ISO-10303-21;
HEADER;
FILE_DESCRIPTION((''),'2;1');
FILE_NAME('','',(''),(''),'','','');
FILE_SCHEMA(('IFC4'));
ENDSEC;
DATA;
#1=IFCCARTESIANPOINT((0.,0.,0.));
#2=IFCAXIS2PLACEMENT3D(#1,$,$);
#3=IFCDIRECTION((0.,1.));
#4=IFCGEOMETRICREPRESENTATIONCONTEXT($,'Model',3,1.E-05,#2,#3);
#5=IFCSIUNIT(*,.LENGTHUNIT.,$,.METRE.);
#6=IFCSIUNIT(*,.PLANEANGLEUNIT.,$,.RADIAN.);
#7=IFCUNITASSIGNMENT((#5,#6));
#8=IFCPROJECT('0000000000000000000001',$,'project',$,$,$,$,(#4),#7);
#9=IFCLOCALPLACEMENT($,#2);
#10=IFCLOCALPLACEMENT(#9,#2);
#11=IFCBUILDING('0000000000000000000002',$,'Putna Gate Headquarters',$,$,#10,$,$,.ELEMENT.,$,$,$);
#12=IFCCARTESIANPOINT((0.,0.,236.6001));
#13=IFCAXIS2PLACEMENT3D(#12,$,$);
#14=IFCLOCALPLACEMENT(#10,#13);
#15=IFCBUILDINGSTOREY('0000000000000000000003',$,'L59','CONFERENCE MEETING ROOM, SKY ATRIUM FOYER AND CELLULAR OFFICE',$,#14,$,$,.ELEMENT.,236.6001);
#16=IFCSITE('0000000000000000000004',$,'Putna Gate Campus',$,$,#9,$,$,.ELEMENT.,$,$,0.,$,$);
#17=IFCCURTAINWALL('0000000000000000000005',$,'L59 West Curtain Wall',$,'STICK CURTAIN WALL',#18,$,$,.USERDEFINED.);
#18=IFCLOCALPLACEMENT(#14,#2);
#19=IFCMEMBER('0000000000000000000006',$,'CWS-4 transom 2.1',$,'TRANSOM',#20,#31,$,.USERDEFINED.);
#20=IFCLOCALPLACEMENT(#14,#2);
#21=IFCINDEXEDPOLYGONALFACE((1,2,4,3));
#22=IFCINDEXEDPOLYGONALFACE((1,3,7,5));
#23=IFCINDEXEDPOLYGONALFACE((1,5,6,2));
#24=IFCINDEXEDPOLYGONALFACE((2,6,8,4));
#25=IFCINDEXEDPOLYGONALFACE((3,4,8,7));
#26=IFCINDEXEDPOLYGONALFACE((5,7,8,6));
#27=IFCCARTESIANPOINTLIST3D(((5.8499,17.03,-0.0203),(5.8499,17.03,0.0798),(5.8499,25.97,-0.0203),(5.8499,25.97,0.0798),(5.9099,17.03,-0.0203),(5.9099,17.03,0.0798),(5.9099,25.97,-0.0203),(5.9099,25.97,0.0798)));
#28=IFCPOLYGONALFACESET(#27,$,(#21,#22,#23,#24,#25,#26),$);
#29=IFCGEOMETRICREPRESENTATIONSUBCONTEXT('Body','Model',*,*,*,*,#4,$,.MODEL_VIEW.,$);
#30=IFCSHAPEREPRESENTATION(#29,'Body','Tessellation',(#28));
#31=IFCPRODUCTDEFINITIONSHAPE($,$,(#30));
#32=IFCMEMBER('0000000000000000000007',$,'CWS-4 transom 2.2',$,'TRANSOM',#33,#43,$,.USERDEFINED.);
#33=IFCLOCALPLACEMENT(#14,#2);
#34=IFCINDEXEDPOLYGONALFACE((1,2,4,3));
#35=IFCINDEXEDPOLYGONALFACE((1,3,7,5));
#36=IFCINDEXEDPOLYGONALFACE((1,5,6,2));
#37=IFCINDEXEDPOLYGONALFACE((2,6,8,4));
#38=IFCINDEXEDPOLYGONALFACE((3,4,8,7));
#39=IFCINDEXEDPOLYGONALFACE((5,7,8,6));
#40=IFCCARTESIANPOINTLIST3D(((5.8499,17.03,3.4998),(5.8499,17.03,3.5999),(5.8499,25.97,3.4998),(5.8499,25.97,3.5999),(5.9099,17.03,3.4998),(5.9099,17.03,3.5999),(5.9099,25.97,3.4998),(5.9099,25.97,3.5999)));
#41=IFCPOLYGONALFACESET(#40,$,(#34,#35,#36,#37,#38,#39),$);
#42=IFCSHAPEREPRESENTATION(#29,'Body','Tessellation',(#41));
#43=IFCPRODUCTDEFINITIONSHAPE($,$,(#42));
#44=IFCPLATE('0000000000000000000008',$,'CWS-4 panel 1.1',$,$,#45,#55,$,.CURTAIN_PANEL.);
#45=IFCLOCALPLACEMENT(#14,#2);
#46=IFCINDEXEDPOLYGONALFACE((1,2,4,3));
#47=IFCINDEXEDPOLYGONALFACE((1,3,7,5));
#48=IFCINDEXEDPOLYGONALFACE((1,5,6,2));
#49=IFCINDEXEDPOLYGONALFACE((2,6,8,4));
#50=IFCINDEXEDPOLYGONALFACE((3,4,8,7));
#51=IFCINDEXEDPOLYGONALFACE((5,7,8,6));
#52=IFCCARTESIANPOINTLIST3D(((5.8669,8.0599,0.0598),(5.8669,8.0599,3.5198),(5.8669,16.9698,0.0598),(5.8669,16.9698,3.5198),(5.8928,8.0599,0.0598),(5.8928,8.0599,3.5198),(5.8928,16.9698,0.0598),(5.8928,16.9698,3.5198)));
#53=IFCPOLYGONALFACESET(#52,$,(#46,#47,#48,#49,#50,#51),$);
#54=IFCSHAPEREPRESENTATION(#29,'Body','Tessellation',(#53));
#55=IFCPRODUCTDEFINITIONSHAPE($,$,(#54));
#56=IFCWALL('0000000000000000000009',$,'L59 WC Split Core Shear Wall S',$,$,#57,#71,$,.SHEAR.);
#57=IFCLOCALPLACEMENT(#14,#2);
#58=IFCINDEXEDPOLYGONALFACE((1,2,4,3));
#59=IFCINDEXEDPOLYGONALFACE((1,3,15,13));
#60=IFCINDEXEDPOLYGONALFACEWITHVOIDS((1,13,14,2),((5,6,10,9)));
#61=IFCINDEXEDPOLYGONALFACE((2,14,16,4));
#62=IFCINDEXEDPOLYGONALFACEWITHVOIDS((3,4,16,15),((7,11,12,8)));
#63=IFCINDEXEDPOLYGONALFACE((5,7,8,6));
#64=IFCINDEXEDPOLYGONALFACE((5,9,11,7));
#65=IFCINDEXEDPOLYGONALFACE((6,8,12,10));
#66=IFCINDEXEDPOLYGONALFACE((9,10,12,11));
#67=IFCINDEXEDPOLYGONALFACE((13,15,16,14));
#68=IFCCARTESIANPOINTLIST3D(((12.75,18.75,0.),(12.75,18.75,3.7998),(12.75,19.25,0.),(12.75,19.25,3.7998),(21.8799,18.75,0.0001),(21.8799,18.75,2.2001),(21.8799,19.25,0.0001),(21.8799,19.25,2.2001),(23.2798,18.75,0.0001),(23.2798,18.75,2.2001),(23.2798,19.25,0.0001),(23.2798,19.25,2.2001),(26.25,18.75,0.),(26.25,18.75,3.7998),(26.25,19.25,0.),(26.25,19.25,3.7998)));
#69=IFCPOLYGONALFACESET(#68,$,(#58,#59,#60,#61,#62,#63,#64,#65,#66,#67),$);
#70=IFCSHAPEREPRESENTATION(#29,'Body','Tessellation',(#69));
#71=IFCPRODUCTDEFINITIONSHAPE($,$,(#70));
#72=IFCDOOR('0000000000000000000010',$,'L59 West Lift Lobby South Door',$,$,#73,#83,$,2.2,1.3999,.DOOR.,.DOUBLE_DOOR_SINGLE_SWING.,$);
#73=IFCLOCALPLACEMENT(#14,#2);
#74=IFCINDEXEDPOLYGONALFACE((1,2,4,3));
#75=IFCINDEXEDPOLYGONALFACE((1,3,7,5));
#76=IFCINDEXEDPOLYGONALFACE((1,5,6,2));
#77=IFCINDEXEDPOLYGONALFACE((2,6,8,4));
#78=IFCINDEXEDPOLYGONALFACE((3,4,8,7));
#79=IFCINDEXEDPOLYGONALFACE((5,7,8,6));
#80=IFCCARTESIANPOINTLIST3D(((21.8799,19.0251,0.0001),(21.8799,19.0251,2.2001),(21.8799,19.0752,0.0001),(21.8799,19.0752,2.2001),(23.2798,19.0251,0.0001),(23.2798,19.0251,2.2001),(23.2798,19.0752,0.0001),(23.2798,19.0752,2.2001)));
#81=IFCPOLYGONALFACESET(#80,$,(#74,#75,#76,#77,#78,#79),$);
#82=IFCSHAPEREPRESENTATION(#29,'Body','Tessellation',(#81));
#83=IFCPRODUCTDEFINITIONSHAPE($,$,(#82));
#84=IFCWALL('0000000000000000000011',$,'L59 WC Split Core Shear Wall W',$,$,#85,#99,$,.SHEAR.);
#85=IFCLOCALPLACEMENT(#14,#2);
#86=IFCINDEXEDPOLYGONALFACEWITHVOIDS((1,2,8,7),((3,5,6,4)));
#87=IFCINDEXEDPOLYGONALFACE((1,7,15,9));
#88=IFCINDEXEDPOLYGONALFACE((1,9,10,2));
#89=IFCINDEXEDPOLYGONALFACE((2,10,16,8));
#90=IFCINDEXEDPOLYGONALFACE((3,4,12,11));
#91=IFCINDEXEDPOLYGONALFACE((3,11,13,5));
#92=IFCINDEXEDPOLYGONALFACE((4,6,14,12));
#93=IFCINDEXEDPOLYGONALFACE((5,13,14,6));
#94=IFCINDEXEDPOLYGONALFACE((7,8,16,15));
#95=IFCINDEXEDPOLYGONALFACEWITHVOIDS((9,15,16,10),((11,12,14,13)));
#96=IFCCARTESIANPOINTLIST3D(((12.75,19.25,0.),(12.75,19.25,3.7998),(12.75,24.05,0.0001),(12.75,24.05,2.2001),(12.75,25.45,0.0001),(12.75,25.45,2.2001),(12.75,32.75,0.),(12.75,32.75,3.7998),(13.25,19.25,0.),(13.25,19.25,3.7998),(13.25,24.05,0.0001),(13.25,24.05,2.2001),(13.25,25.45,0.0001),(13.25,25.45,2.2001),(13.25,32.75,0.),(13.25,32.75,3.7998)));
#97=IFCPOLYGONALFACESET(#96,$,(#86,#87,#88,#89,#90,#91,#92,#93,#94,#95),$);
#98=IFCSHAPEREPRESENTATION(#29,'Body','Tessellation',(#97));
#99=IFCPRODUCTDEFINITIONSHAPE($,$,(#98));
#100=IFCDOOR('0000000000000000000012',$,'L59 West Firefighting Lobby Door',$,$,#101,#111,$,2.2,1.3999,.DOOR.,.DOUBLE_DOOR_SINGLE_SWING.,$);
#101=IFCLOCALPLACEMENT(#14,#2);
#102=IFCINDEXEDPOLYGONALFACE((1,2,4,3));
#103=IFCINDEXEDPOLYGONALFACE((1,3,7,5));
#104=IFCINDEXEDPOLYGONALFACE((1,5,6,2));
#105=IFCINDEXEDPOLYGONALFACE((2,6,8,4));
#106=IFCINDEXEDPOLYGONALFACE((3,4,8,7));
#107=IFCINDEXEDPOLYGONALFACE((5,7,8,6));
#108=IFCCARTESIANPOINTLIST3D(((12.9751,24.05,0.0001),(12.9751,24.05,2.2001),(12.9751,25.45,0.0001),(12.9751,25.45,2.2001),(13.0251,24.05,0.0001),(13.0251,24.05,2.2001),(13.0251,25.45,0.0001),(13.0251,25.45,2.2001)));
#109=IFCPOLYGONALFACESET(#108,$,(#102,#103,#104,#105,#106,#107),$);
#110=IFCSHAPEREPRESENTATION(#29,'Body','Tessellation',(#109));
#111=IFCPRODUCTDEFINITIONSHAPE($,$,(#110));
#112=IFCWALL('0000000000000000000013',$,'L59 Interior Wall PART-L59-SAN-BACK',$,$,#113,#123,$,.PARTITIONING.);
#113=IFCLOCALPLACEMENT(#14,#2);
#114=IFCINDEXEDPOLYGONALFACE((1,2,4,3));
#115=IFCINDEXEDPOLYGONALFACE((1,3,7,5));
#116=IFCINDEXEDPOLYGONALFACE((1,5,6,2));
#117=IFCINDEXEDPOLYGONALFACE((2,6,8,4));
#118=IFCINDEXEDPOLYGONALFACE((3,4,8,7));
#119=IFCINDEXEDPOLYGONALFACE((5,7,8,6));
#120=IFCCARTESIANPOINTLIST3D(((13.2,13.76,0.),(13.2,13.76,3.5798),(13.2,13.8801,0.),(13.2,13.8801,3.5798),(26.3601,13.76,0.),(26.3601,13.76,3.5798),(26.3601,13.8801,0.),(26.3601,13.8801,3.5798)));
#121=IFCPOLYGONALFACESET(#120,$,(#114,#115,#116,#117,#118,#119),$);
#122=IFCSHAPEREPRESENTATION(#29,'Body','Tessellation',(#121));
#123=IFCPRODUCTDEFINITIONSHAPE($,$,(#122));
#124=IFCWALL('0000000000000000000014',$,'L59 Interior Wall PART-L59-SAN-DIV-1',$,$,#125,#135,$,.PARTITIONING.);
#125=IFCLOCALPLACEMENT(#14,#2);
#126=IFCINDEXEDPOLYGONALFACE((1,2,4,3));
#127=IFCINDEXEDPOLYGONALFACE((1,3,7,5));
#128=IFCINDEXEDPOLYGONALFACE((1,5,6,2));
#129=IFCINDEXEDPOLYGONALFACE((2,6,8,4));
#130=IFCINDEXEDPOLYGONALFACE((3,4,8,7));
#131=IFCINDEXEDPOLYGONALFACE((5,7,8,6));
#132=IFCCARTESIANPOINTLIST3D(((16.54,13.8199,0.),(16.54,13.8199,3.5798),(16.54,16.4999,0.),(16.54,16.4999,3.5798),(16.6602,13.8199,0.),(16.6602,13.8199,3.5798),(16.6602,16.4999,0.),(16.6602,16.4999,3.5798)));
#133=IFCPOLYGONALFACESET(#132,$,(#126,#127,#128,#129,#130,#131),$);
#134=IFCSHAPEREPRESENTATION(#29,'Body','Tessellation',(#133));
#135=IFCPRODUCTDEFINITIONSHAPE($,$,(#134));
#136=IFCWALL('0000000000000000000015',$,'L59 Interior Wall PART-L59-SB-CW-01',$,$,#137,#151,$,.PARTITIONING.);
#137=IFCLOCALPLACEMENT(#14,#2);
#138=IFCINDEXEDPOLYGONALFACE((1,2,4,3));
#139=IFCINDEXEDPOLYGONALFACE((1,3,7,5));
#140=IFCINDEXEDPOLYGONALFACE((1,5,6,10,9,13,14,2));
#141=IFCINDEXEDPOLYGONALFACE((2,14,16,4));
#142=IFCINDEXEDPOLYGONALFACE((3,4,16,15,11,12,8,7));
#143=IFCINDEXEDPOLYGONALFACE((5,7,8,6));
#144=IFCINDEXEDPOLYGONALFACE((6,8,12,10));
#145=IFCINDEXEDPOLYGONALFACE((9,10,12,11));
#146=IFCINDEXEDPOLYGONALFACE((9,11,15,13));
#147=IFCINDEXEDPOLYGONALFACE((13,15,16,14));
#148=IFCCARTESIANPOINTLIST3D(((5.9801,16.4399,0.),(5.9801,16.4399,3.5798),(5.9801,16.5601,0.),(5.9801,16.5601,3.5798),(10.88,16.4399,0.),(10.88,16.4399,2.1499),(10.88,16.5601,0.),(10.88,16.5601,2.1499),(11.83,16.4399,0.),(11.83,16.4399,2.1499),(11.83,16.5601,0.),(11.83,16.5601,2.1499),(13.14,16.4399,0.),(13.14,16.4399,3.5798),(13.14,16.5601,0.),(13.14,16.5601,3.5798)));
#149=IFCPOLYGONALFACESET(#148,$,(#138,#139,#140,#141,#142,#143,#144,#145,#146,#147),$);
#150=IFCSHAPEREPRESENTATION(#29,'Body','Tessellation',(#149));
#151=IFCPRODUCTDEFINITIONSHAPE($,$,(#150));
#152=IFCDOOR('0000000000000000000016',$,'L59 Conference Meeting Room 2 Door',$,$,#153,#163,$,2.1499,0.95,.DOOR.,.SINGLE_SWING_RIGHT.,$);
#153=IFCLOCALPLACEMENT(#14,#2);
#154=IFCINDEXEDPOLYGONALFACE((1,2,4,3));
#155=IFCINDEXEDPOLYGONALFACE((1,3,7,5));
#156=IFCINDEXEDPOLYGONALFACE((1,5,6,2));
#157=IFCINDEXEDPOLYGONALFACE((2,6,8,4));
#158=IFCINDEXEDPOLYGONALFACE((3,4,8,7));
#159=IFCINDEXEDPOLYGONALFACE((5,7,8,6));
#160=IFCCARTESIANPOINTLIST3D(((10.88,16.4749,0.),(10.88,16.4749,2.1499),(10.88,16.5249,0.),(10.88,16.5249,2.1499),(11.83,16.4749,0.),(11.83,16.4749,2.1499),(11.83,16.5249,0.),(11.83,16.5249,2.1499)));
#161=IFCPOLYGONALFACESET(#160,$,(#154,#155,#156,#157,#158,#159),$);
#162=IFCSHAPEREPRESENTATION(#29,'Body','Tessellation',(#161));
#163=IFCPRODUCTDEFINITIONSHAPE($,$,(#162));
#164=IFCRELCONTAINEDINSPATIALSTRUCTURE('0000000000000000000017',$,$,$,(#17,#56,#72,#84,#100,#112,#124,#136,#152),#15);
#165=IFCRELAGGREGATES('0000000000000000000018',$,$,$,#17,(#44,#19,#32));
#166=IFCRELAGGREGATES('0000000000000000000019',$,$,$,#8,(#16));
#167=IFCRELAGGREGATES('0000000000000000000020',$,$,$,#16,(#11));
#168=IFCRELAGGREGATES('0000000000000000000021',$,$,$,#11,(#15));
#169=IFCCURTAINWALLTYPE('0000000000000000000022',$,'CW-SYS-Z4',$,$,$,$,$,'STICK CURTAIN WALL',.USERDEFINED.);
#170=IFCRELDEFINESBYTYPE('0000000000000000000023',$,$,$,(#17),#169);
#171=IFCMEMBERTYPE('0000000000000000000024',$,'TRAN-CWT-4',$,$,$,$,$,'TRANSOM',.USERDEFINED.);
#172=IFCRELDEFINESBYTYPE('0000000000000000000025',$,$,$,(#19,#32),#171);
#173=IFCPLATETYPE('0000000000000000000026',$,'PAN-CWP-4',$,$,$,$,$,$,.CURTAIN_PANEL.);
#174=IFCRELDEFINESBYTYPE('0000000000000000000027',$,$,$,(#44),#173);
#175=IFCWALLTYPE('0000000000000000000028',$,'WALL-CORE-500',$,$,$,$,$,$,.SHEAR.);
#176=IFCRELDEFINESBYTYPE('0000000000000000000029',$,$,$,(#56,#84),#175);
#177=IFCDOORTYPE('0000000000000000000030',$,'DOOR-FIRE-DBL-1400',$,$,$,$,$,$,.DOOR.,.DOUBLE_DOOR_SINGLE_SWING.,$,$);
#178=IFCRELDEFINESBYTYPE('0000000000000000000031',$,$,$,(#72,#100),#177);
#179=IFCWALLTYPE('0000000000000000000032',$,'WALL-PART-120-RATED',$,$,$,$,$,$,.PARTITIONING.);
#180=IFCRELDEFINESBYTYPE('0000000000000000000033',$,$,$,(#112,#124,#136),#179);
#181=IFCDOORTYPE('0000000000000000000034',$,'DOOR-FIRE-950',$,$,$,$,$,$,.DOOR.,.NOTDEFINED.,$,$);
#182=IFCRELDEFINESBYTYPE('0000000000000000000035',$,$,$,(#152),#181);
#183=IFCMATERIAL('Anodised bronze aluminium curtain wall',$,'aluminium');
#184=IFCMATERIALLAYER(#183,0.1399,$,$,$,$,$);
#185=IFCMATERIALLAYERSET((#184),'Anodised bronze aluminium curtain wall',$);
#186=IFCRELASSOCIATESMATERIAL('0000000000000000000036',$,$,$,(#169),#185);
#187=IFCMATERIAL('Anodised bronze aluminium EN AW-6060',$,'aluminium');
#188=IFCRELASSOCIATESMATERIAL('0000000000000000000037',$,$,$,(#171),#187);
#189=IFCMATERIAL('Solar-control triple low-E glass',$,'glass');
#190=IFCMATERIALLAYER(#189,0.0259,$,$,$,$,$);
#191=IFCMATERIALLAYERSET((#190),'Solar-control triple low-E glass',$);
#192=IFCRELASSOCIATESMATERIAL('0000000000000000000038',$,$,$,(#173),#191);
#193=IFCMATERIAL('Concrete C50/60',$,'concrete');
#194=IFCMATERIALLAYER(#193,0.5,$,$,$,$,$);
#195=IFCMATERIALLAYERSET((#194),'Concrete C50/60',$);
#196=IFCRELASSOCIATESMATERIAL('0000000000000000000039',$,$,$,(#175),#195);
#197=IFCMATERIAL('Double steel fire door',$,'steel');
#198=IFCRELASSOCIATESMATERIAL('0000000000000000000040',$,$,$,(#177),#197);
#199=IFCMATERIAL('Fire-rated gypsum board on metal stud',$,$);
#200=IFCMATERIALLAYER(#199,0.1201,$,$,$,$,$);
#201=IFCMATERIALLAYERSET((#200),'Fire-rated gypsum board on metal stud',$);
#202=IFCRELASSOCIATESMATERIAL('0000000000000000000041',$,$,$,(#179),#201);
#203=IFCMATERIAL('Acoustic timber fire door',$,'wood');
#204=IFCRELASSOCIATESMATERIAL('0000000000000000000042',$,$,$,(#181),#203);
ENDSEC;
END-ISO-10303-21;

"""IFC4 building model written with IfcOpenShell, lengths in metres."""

from ifc_helpers import new_model, si_unit, direction, frame, frame_2d, origin, origin_2d, place, context, subcontext, project, spatial, rectangle, extrude, material, layer, layer_set, material_profile, profile_set, type_object, element, fill, aggregate, save


model = new_model("IFC4")

# Units and contexts
model_context = context("Model", 3, precision=1e-05, world=origin(), true_north=direction((0.0, 1.0)))
body_context = subcontext(model_context, "Body", "Model", "MODEL_VIEW")
ifc_project = project(units=[si_unit("LENGTHUNIT", "METRE"), si_unit("PLANEANGLEUNIT", "RADIAN")], contexts=[model_context])

# Site, building, storey
site_placement = place(None, origin())
site = spatial("IfcSite", under=ifc_project, at=site_placement, Name="Putna Gate Campus", CompositionType="ELEMENT", RefElevation=0.0)
building_placement = place(site_placement, origin())
building = spatial("IfcBuilding", under=site, at=building_placement, Name="Putna Gate Headquarters", CompositionType="ELEMENT")
storey_placement = place(building_placement, frame((0.0, 0.0, 236.6001)))
storey = spatial("IfcBuildingStorey", under=building, at=storey_placement, Name="L59", Description="CONFERENCE MEETING ROOM, SKY ATRIUM FOYER AND CELLULAR OFFICE", CompositionType="ELEMENT", Elevation=236.6001)

# Curtain wall, members, plate
ifc_material_1 = material(Name="Anodised bronze aluminium curtain wall", Category="aluminium")
ifc_layer_1 = layer(ifc_material_1, 0.1399)
ifc_layer_set_1 = layer_set([ifc_layer_1], Name="Anodised bronze aluminium curtain wall")
curtain_wall_type = type_object("IfcCurtainWallType", Name="CW-SYS-Z4", ElementType="STICK CURTAIN WALL", PredefinedType="USERDEFINED", material=ifc_layer_set_1)
curtain_wall_placement = place(storey_placement, origin())
curtain_wall = element("IfcCurtainWall", 1, at=curtain_wall_placement, inside=storey, type_object=curtain_wall_type, Name="L59 West Curtain Wall", ObjectType="STICK CURTAIN WALL", PredefinedType="USERDEFINED")
ifc_material_2 = material(Name="Anodised bronze aluminium EN AW-6060", Category="aluminium")
ifc_material_profile_1 = material_profile(ifc_material_2, rectangle(XDim=0.0601, YDim=0.1001, at=origin_2d()), Name="Anodised bronze aluminium EN AW-6060")
ifc_profile_set_1 = profile_set([ifc_material_profile_1], Name="Anodised bronze aluminium EN AW-6060")
member_type_1 = type_object("IfcMemberType", Name="TRAN-CWT-4", ElementType="TRANSOM", PredefinedType="USERDEFINED", material=ifc_profile_set_1)
member_1_placement = place(storey_placement, frame((5.8799, 17.03, 0.0298), z_axis=(0.0, 1.0, 0.0), x_axis=(-1.0, 0.0, 0.0)))
member_1 = element("IfcMember", 2, at=member_1_placement, type_object=member_type_1, Name="CWS-4 transom 2.1", ObjectType="TRANSOM", PredefinedType="USERDEFINED", context=body_context, shape_type="SweptSolid", body=[
    extrude(rectangle(XDim=0.0601, YDim=0.1001, at=origin_2d()), origin(), (0.0, 0.0, 1.0), 8.9399),
])
member_2_placement = place(storey_placement, frame((5.8799, 17.03, 3.5498), z_axis=(0.0, 1.0, 0.0), x_axis=(-1.0, 0.0, 0.0)))
member_2 = element("IfcMember", 3, at=member_2_placement, type_object=member_type_1, Name="CWS-4 transom 2.2", ObjectType="TRANSOM", PredefinedType="USERDEFINED", context=body_context, shape_type="SweptSolid", body=[
    extrude(rectangle(XDim=0.0601, YDim=0.1001, at=origin_2d()), origin(), (0.0, 0.0, 1.0), 8.9399),
])
ifc_material_3 = material(Name="Solar-control triple low-E glass", Category="glass")
ifc_layer_2 = layer(ifc_material_3, 0.0259)
ifc_layer_set_2 = layer_set([ifc_layer_2], Name="Solar-control triple low-E glass")
plate_type = type_object("IfcPlateType", Name="PAN-CWP-4", PredefinedType="CURTAIN_PANEL", material=ifc_layer_set_2)
plate_placement = place(storey_placement, frame((5.8799, 12.5149, 0.0598), z_axis=(0.0, 0.0, 1.0), x_axis=(0.0, 1.0, 0.0)))
plate = element("IfcPlate", 4, at=plate_placement, type_object=plate_type, Name="CWS-4 panel 1.1", PredefinedType="CURTAIN_PANEL", context=body_context, shape_type="SweptSolid", body=[
    extrude(rectangle(XDim=8.9099, YDim=0.0259, at=origin_2d()), origin(), (0.0, 0.0, 1.0), 3.46),
])
aggregate(curtain_wall, [plate, member_1, member_2])

# Walls, openings, doors
ifc_material_4 = material(Name="Concrete C50/60", Category="concrete")
ifc_layer_3 = layer(ifc_material_4, 0.5)
ifc_layer_set_3 = layer_set([ifc_layer_3], Name="Concrete C50/60")
wall_type_1 = type_object("IfcWallType", Name="WALL-CORE-500", PredefinedType="SHEAR", material=ifc_layer_set_3)
wall_1_placement = place(storey_placement, frame((12.75, 19.0, 0.0), z_axis=(0.0, 0.0, 1.0), x_axis=(1.0, 0.0, 0.0)))
wall_1 = element("IfcWall", 5, at=wall_1_placement, inside=storey, type_object=wall_type_1, Name="L59 WC Split Core Shear Wall S", PredefinedType="SHEAR", context=body_context, shape_type="SweptSolid", body=[
    extrude(rectangle(XDim=13.5, YDim=0.5, at=frame_2d((6.75, 0.0))), origin(), (0.0, 0.0, 1.0), 3.7998),
])
opening_1_placement = place(wall_1_placement, frame((9.1299, 0.0, 0.0)))
opening_1 = element("IfcOpeningElement", 6, at=opening_1_placement, cuts=wall_1, PredefinedType="OPENING", context=body_context, shape_type="SweptSolid", body=[
    extrude(rectangle(XDim=1.3999, YDim=2.2, at=frame_2d((0.7, 1.1001))), frame((0.0, 0.26, 0.0), z_axis=(0.0, -1.0, 0.0), x_axis=(1.0, 0.0, 0.0)), (0.0, 0.0, 1.0), 0.52),
])
ifc_material_5 = material(Name="Double steel fire door", Category="steel")
door_type_1 = type_object("IfcDoorType", Name="DOOR-FIRE-DBL-1400", OperationType="DOUBLE_DOOR_SINGLE_SWING", PredefinedType="DOOR", material=ifc_material_5)
door_1_placement = place(opening_1_placement, origin())
door_1 = element("IfcDoor", 7, at=door_1_placement, inside=storey, type_object=door_type_1, Name="L59 West Lift Lobby South Door", OperationType="DOUBLE_DOOR_SINGLE_SWING", OverallHeight=2.2, OverallWidth=1.3999, PredefinedType="DOOR", context=body_context, shape_type="SweptSolid", body=[
    extrude(rectangle(XDim=1.3999, YDim=2.2, at=frame_2d((0.7, 1.1001))), frame((0.0, 0.0752, 0.0), z_axis=(0.0, -1.0, 0.0), x_axis=(1.0, 0.0, 0.0)), (0.0, 0.0, 1.0), 0.05),
])
fill(opening_1, door_1)
wall_2_placement = place(storey_placement, frame((13.0, 19.25, 0.0), z_axis=(0.0, 0.0, 1.0), x_axis=(0.0, 1.0, 0.0)))
wall_2 = element("IfcWall", 8, at=wall_2_placement, inside=storey, type_object=wall_type_1, Name="L59 WC Split Core Shear Wall W", PredefinedType="SHEAR", context=body_context, shape_type="SweptSolid", body=[
    extrude(rectangle(XDim=13.5, YDim=0.5, at=frame_2d((6.75, 0.0))), origin(), (0.0, 0.0, 1.0), 3.7998),
])
opening_2_placement = place(wall_2_placement, frame((4.8, 0.0, 0.0)))
opening_2 = element("IfcOpeningElement", 9, at=opening_2_placement, cuts=wall_2, PredefinedType="OPENING", context=body_context, shape_type="SweptSolid", body=[
    extrude(rectangle(XDim=1.3999, YDim=2.2, at=frame_2d((0.7, 1.1001))), frame((0.0, 0.26, 0.0), z_axis=(0.0, -1.0, 0.0), x_axis=(1.0, 0.0, 0.0)), (0.0, 0.0, 1.0), 0.52),
])
door_2_placement = place(opening_2_placement, origin())
door_2 = element("IfcDoor", 10, at=door_2_placement, inside=storey, type_object=door_type_1, Name="L59 West Firefighting Lobby Door", OperationType="DOUBLE_DOOR_SINGLE_SWING", OverallHeight=2.2, OverallWidth=1.3999, PredefinedType="DOOR", context=body_context, shape_type="SweptSolid", body=[
    extrude(rectangle(XDim=1.3999, YDim=2.2, at=frame_2d((0.7, 1.1001))), frame((0.0, 0.0249, 0.0), z_axis=(0.0, -1.0, 0.0), x_axis=(1.0, 0.0, 0.0)), (0.0, 0.0, 1.0), 0.05),
])
fill(opening_2, door_2)

# Shared definitions
ifc_material_6 = material(Name="Fire-rated gypsum board on metal stud")
ifc_layer_4 = layer(ifc_material_6, 0.1201)
ifc_layer_set_4 = layer_set([ifc_layer_4], Name="Fire-rated gypsum board on metal stud")
wall_type_2 = type_object("IfcWallType", Name="WALL-PART-120-RATED", PredefinedType="PARTITIONING", material=ifc_layer_set_4)
ifc_material_7 = material(Name="Acoustic timber fire door", Category="wood")
door_type_2 = type_object("IfcDoorType", Name="DOOR-FIRE-950", OperationType="NOTDEFINED", PredefinedType="DOOR", material=ifc_material_7)

# Walls
wall_3_placement = place(storey_placement, frame((13.2, 13.8201, 0.0), z_axis=(0.0, 0.0, 1.0), x_axis=(1.0, 0.0, 0.0)))
element("IfcWall", 11, at=wall_3_placement, inside=storey, type_object=wall_type_2, Name="L59 Interior Wall PART-L59-SAN-BACK", PredefinedType="PARTITIONING", context=body_context, shape_type="SweptSolid", body=[
    extrude(rectangle(XDim=13.1602, YDim=0.1201, at=frame_2d((6.5801, 0.0))), origin(), (0.0, 0.0, 1.0), 3.5798),
])
wall_4_placement = place(storey_placement, frame((16.6001, 13.8201, 0.0), z_axis=(0.0, 0.0, 1.0), x_axis=(0.0, 1.0, 0.0)))
element("IfcWall", 12, at=wall_4_placement, inside=storey, type_object=wall_type_2, Name="L59 Interior Wall PART-L59-SAN-DIV-1", PredefinedType="PARTITIONING", context=body_context, shape_type="SweptSolid", body=[
    extrude(rectangle(XDim=2.6799, YDim=0.1201, at=frame_2d((1.3398, 0.0))), origin(), (0.0, 0.0, 1.0), 3.5798),
])

# Wall, opening, door
wall_5_placement = place(storey_placement, frame((5.98, 16.5, 0.0), z_axis=(0.0, 0.0, 1.0), x_axis=(1.0, 0.0, 0.0)))
wall_5 = element("IfcWall", 13, at=wall_5_placement, inside=storey, type_object=wall_type_2, Name="L59 Interior Wall PART-L59-SB-CW-01", PredefinedType="PARTITIONING", context=body_context, shape_type="SweptSolid", body=[
    extrude(rectangle(XDim=7.1599, YDim=0.1201, at=frame_2d((3.5801, 0.0))), origin(), (0.0, 0.0, 1.0), 3.5798),
])
opening_3_placement = place(wall_5_placement, frame((4.8999, 0.0, 0.0)))
opening_3 = element("IfcOpeningElement", 14, at=opening_3_placement, cuts=wall_5, PredefinedType="OPENING", context=body_context, shape_type="SweptSolid", body=[
    extrude(rectangle(XDim=0.95, YDim=2.1499, at=frame_2d((0.4751, 1.075))), frame((0.0, 0.0701, 0.0), z_axis=(0.0, -1.0, 0.0), x_axis=(1.0, 0.0, 0.0)), (0.0, 0.0, 1.0), 0.1401),
])
door_3_placement = place(opening_3_placement, origin())
door_3 = element("IfcDoor", 15, at=door_3_placement, inside=storey, type_object=door_type_2, Name="L59 Conference Meeting Room 2 Door", OperationType="SINGLE_SWING_RIGHT", OverallHeight=2.1499, OverallWidth=0.95, PredefinedType="DOOR", context=body_context, shape_type="SweptSolid", body=[
    extrude(rectangle(XDim=0.95, YDim=2.1499, at=frame_2d((0.4751, 1.075))), frame((0.0, 0.0249, 0.0), z_axis=(0.0, -1.0, 0.0), x_axis=(1.0, 0.0, 0.0)), (0.0, 0.0, 1.0), 0.05),
])
fill(opening_3, door_3)

save(model, "model.ifc")
